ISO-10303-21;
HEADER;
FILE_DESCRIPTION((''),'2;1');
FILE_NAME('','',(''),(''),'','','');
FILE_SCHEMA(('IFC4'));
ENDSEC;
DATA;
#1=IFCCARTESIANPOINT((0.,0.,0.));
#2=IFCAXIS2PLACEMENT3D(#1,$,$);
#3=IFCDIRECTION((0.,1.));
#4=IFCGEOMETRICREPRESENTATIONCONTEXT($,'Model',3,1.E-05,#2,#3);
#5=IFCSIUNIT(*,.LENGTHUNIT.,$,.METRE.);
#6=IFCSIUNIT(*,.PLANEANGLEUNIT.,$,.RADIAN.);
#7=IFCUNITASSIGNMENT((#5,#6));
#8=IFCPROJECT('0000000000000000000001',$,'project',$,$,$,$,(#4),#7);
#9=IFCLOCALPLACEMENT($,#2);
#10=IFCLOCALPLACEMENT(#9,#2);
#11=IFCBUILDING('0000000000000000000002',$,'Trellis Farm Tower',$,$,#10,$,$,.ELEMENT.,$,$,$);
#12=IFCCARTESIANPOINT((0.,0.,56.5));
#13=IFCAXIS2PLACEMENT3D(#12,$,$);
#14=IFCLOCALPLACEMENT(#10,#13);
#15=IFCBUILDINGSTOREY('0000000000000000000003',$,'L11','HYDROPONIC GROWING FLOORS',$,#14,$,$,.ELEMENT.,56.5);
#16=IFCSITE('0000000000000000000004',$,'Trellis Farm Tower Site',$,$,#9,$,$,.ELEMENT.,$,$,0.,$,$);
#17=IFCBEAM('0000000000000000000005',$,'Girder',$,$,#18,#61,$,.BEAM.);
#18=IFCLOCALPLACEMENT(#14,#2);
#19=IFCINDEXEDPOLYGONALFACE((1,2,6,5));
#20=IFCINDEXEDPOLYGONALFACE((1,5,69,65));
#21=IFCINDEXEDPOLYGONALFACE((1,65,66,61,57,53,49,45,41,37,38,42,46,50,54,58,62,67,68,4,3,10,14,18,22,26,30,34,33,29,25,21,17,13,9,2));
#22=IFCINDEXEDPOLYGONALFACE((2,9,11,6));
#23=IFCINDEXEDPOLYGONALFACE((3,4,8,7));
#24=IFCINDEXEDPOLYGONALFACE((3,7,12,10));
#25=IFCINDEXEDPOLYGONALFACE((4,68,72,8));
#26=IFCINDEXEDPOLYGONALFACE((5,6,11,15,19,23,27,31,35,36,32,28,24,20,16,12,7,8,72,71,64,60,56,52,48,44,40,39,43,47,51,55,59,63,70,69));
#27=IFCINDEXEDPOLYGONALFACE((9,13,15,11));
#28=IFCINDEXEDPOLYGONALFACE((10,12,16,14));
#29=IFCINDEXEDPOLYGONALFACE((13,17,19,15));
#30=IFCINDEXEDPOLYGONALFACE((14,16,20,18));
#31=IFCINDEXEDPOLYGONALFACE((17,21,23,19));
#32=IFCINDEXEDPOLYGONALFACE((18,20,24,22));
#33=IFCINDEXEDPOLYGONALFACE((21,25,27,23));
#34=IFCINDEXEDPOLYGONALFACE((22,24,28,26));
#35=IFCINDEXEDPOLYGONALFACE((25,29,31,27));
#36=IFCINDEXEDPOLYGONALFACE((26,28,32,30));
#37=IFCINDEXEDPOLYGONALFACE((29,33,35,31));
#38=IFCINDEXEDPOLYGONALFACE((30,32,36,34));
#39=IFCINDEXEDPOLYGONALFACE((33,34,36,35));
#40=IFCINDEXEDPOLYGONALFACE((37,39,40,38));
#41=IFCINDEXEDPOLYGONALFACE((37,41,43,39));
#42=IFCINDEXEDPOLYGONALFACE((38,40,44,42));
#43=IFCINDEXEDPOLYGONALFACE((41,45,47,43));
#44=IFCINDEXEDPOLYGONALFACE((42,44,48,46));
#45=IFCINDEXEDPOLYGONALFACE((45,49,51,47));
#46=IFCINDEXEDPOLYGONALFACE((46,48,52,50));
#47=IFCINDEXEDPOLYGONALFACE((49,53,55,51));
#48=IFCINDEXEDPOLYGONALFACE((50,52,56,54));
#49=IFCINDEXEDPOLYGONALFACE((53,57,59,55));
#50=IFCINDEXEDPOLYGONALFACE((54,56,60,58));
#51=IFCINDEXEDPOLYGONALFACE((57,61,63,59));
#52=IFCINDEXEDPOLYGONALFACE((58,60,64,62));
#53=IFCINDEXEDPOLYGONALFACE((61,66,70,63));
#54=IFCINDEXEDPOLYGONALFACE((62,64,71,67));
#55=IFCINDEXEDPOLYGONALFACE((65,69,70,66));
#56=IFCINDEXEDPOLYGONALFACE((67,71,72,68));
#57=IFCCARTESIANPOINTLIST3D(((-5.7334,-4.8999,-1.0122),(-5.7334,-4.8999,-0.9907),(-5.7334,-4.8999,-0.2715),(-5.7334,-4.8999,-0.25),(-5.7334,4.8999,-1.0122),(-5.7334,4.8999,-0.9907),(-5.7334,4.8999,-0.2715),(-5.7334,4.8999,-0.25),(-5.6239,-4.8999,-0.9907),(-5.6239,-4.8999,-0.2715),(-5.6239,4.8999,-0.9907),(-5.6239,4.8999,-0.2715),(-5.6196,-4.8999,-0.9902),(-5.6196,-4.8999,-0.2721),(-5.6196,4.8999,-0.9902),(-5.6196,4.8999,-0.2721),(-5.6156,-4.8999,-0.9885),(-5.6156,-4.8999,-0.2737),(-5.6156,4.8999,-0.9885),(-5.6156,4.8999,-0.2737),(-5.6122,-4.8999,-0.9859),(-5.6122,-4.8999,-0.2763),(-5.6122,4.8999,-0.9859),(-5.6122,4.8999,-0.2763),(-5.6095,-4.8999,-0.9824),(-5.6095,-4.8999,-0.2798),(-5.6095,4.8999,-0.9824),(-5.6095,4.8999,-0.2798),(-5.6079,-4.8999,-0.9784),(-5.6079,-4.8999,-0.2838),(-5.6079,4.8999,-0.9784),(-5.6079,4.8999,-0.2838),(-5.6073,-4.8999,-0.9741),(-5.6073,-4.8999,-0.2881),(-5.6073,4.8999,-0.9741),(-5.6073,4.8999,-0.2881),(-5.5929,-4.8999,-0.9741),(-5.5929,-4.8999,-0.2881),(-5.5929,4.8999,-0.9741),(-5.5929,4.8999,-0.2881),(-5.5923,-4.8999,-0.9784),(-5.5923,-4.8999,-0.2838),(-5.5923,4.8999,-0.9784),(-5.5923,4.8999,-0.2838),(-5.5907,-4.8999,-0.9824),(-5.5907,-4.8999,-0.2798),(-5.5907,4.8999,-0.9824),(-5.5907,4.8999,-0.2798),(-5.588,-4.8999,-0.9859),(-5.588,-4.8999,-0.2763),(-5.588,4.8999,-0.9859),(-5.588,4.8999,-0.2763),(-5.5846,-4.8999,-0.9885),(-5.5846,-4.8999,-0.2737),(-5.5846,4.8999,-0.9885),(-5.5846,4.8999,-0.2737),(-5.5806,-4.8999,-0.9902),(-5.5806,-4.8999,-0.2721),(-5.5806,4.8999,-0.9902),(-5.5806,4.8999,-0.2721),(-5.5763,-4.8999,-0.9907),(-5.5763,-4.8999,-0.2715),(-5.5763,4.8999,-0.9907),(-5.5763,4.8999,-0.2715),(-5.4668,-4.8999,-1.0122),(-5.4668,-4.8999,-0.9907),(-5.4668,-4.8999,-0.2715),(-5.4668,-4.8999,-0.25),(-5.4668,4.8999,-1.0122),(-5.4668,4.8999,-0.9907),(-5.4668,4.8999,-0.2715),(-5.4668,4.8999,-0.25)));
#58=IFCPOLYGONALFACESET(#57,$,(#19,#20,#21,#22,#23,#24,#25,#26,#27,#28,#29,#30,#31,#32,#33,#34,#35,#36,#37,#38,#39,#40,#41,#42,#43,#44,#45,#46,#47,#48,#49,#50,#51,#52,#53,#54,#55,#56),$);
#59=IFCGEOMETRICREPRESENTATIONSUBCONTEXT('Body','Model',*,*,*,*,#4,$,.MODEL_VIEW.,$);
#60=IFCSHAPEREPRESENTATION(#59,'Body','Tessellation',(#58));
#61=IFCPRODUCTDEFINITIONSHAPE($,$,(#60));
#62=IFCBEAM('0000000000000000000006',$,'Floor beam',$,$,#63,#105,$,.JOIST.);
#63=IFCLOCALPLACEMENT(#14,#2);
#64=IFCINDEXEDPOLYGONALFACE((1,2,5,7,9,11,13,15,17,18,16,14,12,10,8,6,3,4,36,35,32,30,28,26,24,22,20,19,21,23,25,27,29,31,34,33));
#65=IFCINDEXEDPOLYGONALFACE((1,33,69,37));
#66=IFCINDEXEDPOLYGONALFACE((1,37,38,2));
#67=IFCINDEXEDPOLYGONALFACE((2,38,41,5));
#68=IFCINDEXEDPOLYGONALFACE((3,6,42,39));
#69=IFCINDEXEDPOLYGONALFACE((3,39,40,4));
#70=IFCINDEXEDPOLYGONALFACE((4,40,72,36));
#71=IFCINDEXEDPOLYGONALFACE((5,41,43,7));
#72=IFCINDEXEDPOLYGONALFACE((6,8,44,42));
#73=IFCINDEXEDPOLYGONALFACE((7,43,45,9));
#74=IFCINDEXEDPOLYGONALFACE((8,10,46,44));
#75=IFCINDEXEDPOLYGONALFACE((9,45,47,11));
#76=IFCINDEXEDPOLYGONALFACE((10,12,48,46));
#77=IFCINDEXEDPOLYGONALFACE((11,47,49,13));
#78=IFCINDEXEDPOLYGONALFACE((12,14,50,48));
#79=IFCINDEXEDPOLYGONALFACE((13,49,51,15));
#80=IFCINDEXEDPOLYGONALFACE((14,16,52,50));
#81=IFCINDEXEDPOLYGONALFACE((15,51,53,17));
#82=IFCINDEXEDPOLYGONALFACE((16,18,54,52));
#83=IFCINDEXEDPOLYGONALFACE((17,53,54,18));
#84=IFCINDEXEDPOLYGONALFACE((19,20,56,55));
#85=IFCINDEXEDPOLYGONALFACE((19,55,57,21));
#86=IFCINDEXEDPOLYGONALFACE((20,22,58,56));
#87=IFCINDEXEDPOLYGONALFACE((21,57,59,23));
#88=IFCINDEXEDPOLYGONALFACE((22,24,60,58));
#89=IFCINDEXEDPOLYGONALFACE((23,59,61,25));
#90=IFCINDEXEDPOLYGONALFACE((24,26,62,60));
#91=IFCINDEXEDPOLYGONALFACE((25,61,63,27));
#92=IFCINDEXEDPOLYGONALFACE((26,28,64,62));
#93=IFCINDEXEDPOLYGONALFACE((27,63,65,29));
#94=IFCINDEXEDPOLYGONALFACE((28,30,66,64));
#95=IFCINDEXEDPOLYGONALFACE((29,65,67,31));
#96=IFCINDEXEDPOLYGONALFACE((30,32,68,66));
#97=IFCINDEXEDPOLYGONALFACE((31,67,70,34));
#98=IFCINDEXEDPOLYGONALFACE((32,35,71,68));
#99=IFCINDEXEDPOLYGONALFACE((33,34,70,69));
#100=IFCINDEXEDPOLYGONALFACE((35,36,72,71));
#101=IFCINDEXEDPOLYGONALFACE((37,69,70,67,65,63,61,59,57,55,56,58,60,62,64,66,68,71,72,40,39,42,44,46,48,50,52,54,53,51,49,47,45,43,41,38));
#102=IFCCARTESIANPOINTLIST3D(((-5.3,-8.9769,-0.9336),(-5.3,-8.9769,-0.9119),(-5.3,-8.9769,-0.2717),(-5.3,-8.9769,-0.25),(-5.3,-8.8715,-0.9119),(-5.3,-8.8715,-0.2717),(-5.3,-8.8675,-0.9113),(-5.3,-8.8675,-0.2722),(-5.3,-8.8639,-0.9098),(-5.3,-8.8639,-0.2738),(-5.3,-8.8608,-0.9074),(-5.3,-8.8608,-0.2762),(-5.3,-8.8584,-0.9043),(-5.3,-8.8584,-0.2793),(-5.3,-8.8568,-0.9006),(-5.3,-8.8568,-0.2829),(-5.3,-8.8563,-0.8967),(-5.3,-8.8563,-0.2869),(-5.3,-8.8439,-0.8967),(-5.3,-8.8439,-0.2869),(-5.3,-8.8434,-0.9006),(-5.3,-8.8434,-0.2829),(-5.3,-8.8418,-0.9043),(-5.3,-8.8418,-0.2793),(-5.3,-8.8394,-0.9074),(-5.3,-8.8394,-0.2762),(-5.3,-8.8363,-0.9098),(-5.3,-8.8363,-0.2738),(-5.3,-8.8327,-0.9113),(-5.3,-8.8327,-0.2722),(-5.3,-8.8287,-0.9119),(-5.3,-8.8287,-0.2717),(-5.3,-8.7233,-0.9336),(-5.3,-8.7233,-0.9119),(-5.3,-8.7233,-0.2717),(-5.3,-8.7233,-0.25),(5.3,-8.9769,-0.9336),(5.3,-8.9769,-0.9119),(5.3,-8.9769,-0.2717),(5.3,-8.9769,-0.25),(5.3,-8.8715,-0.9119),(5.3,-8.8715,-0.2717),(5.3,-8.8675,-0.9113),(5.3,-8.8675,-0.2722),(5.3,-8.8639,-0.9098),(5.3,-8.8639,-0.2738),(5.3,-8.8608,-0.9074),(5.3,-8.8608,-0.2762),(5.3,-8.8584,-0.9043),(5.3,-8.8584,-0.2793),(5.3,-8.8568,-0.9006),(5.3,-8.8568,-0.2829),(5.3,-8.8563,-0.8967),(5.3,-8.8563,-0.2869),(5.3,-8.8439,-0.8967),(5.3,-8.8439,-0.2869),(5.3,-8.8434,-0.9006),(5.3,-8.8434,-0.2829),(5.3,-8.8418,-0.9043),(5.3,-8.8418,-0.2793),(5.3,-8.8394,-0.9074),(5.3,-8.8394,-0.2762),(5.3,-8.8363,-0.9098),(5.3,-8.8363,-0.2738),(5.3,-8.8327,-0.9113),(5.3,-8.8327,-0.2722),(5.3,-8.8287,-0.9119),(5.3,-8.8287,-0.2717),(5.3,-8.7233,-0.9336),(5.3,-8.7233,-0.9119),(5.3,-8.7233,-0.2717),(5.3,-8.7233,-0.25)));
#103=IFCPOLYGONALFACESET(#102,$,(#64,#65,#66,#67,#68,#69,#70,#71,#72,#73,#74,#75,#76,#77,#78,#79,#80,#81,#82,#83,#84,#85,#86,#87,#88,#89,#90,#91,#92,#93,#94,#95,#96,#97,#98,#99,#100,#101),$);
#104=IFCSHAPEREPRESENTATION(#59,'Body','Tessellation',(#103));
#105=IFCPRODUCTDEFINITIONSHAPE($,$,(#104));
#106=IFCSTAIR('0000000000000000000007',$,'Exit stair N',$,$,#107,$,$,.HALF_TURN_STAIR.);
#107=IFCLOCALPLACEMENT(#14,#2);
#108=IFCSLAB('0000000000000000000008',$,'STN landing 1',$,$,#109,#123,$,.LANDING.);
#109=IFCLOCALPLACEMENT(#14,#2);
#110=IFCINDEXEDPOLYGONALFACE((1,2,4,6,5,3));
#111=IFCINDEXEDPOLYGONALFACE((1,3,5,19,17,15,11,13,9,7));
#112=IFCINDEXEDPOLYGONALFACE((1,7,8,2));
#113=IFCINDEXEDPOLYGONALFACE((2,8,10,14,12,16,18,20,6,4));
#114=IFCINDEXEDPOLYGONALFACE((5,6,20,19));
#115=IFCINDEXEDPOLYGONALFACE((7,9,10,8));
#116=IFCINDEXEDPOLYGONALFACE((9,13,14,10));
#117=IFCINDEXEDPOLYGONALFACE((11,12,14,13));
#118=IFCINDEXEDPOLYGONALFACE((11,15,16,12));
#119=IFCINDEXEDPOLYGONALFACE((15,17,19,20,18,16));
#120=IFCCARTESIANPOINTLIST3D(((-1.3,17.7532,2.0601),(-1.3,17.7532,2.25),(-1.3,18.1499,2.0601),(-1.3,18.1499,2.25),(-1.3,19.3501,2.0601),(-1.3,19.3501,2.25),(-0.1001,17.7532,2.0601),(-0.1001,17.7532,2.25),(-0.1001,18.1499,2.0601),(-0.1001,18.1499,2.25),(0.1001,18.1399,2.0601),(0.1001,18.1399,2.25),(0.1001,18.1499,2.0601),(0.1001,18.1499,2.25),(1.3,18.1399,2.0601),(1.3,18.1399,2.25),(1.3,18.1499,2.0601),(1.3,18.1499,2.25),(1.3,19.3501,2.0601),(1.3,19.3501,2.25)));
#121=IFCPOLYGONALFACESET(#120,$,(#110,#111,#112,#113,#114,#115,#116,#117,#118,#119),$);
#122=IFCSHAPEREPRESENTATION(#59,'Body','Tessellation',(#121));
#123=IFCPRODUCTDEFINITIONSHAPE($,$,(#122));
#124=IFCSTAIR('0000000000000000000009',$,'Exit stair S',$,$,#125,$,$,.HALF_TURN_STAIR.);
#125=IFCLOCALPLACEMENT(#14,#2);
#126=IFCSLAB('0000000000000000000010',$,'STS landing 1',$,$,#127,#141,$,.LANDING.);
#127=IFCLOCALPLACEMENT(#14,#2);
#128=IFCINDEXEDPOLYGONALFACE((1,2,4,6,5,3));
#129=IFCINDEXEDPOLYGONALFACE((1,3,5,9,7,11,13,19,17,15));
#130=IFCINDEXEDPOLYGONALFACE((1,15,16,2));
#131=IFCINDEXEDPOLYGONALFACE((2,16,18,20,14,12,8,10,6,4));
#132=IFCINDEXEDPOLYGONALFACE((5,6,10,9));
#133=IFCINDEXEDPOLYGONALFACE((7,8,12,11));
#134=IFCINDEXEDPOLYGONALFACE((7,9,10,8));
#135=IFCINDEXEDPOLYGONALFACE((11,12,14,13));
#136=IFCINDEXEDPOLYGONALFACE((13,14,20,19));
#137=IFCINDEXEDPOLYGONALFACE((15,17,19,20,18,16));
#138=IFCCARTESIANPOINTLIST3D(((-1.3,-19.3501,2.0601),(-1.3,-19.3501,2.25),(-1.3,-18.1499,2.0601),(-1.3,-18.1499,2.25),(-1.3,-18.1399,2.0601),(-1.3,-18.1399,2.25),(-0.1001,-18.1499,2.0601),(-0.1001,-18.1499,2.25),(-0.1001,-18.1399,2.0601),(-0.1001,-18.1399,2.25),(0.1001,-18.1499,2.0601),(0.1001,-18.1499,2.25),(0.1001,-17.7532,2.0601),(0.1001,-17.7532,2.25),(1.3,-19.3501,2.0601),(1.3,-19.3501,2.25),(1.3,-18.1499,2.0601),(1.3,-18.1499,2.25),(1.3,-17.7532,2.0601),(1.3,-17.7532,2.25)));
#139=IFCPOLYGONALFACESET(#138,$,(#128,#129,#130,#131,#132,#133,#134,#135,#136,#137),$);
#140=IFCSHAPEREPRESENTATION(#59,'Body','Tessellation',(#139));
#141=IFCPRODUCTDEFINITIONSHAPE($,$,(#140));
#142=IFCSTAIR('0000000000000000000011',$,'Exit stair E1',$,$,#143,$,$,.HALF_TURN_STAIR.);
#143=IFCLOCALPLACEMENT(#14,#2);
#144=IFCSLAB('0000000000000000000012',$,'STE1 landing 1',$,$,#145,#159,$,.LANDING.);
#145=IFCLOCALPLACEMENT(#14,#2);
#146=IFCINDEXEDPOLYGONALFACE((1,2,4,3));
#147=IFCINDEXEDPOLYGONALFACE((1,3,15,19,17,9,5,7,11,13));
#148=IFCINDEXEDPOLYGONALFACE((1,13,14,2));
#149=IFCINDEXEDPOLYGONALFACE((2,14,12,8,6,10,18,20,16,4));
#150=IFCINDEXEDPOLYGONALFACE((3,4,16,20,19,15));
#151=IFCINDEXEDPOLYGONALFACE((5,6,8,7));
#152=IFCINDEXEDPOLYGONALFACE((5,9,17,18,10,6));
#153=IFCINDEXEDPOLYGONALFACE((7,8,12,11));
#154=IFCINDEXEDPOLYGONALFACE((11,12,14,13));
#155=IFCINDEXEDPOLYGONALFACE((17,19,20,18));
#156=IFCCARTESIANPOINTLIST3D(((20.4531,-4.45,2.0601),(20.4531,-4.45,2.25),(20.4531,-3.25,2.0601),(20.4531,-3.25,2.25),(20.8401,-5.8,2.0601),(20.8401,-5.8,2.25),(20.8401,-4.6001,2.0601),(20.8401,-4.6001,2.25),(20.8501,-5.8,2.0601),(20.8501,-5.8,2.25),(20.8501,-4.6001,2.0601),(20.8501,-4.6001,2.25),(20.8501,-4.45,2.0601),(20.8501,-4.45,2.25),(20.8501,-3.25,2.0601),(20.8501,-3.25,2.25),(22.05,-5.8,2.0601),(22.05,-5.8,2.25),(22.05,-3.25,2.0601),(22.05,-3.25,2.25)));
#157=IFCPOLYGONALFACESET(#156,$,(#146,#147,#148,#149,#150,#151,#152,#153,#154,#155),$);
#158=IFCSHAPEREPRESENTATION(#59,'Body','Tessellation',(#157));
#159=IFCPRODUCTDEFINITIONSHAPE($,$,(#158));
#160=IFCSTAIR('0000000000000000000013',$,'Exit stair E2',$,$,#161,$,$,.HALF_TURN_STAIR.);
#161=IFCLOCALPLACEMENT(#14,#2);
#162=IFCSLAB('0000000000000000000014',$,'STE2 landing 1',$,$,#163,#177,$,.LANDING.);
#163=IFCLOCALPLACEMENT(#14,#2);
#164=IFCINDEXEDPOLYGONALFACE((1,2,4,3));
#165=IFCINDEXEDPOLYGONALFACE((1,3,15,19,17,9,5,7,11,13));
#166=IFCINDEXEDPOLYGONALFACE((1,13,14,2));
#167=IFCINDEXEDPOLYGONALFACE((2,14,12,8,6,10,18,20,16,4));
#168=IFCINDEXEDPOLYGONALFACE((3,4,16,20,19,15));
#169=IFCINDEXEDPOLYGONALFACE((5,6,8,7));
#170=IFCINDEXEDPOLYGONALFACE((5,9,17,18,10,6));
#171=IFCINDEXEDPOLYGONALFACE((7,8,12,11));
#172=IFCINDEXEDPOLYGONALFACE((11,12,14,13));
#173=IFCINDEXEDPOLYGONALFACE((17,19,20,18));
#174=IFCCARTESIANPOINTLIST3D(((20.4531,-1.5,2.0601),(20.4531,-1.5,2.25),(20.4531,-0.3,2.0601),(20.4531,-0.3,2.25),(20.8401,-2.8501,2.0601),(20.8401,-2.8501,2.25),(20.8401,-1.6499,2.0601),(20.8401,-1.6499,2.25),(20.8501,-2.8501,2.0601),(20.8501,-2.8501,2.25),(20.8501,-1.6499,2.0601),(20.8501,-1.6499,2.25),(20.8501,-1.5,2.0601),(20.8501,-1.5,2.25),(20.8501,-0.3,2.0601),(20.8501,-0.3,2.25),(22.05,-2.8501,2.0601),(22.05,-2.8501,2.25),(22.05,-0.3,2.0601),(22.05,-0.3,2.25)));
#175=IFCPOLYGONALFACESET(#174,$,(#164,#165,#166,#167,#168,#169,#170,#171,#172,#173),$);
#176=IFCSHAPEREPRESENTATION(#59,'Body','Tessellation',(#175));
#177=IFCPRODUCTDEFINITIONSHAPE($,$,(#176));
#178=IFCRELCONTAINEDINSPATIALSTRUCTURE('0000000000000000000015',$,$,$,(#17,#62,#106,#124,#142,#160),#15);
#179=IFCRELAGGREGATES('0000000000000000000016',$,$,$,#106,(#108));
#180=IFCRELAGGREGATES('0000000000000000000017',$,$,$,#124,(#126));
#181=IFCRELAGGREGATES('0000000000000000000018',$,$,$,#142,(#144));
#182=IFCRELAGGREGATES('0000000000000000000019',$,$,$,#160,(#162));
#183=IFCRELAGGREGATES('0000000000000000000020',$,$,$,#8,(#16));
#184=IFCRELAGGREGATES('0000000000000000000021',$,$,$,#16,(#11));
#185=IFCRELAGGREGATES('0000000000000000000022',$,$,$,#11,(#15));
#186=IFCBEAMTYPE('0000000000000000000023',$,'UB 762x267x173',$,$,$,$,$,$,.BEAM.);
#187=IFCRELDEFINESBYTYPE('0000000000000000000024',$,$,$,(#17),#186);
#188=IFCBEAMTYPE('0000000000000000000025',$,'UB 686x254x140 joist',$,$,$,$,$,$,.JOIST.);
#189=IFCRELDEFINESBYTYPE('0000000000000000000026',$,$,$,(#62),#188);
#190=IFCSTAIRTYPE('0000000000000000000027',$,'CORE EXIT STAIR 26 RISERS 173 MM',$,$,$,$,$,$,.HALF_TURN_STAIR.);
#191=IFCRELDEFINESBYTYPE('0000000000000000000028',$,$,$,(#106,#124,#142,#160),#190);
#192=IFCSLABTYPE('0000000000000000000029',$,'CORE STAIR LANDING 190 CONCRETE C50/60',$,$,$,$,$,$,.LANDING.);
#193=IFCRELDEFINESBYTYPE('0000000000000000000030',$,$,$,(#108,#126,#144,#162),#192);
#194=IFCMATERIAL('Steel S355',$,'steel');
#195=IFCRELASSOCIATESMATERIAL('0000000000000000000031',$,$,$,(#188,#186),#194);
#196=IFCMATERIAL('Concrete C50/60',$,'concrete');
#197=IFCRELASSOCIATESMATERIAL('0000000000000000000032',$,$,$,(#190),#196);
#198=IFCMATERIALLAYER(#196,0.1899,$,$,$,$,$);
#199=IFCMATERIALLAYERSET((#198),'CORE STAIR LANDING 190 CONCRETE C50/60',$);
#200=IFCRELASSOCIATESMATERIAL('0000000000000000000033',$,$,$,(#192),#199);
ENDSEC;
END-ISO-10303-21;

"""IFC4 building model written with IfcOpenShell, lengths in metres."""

from ifc_helpers import new_model, si_unit, direction, frame, origin, origin_2d, place, context, subcontext, project, spatial, polyline, i_section, outline, extrude, source, transform, mapped, material, layer, layer_set, material_profile, profile_set, type_object, element, aggregate, save


model = new_model("IFC4")

# Units and contexts
model_context = context("Model", 3, precision=1e-05, world=origin(), true_north=direction((0.0, 1.0)))
body_context = subcontext(model_context, "Body", "Model", "MODEL_VIEW")
ifc_project = project(units=[si_unit("LENGTHUNIT", "METRE"), si_unit("PLANEANGLEUNIT", "RADIAN")], contexts=[model_context])

# Site, building, storey
site_placement = place(None, origin())
site = spatial("IfcSite", under=ifc_project, at=site_placement, Name="Trellis Farm Tower Site", CompositionType="ELEMENT", RefElevation=0.0)
building_placement = place(site_placement, origin())
building = spatial("IfcBuilding", under=site, at=building_placement, Name="Trellis Farm Tower", CompositionType="ELEMENT")
storey_placement = place(building_placement, frame((0.0, 0.0, 56.5)))
storey = spatial("IfcBuildingStorey", under=building, at=storey_placement, Name="L11", Description="HYDROPONIC GROWING FLOORS", CompositionType="ELEMENT", Elevation=56.5)

# Beams
ifc_material_1 = material(Name="Steel S355", Category="steel")
ifc_material_profile_1 = material_profile(ifc_material_1, i_section(OverallWidth=0.2537, OverallDepth=0.6836, WebThickness=0.0125, FlangeThickness=0.0217, FilletRadius=0.0151, at=origin_2d()), Name="UB 686x254x140")
ifc_profile_set_1 = profile_set([ifc_material_profile_1], Name="Steel S355")
beam_type_1 = type_object("IfcBeamType", Name="UB 686x254x140 joist", PredefinedType="JOIST", material=ifc_profile_set_1)
ifc_material_profile_2 = material_profile(ifc_material_1, i_section(OverallWidth=0.2666, OverallDepth=0.7622, WebThickness=0.0144, FlangeThickness=0.0215, FilletRadius=0.0166, at=origin_2d()), Name="UB 762x267x173")
ifc_profile_set_2 = profile_set([ifc_material_profile_2], Name="Steel S355")
beam_type_2 = type_object("IfcBeamType", Name="UB 762x267x173", PredefinedType="BEAM", material=ifc_profile_set_2)
shared_shape_1 = source(origin(), body_context, "Body", "SweptSolid", [
    extrude(i_section(OverallWidth=0.2666, OverallDepth=0.7622, WebThickness=0.0144, FlangeThickness=0.0215, FilletRadius=0.0166, at=origin_2d()), origin(), (0.0, 0.0, 1.0), 9.7998),
])
for number, where, z_axis, x_axis, name in (
    (1, (-5.6001, -4.8999, -0.6311), (0.0, 1.0, 0.0), (-1.0, 0.0, 0.0), "Girder"),
):
    element("IfcBeam", number, at=place(storey_placement, frame(where, z_axis=z_axis, x_axis=x_axis)), inside=storey, type_object=beam_type_2, Name=name, PredefinedType="BEAM", context=body_context, shape_type="MappedRepresentation", body=[
        mapped(shared_shape_1, transform((0.0, 0.0, 0.0))),
    ])
shared_shape_2 = source(origin(), body_context, "Body", "SweptSolid", [
    extrude(i_section(OverallWidth=0.2537, OverallDepth=0.6836, WebThickness=0.0125, FlangeThickness=0.0217, FilletRadius=0.0151, at=origin_2d()), origin(), (0.0, 0.0, 1.0), 10.6001),
])
beam_placement = place(storey_placement, frame((-5.3, -8.8501, -0.5918), z_axis=(1.0, 0.0, 0.0), x_axis=(0.0, 1.0, 0.0)))
element("IfcBeam", 2, at=beam_placement, inside=storey, type_object=beam_type_1, Name="Floor beam", PredefinedType="JOIST", context=body_context, shape_type="MappedRepresentation", body=[
    mapped(shared_shape_2, transform((0.0, 0.0, 0.0))),
])

# Stairs, slabs
ifc_material_2 = material(Name="Concrete C50/60", Category="concrete")
stair_type = type_object("IfcStairType", Name="CORE EXIT STAIR 26 RISERS 173 MM", PredefinedType="HALF_TURN_STAIR", material=ifc_material_2)
placement_1 = place(storey_placement, origin())
stair_1 = element("IfcStair", 3, at=placement_1, inside=storey, type_object=stair_type, Name="Exit stair N", PredefinedType="HALF_TURN_STAIR")
ifc_layer_1 = layer(ifc_material_2, 0.1899)
ifc_layer_set_1 = layer_set([ifc_layer_1], Name="CORE STAIR LANDING 190 CONCRETE C50/60")
slab_type_1 = type_object("IfcSlabType", Name="CORE STAIR LANDING 190 CONCRETE C50/60", PredefinedType="LANDING", material=ifc_layer_set_1)
shared_shape_3 = source(origin(), body_context, "Body", "SweptSolid", [
    extrude(outline(polyline([(-0.1001, 17.7532), (-1.3, 17.7532), (-1.3, 18.1499), (-1.3, 19.3501), (1.3, 19.3501), (1.3, 18.1499), (1.3, 18.1399), (0.1001, 18.1399), (0.1001, 18.1499), (-0.1001, 18.1499), (-0.1001, 17.7532)])), origin(), (0.0, 0.0, 1.0), 0.1899),
])
placement_2 = place(storey_placement, frame((0.0, 0.0, 2.0601)))
slab_1 = element("IfcSlab", 4, at=placement_2, type_object=slab_type_1, Name="STN landing 1", PredefinedType="LANDING", context=body_context, shape_type="MappedRepresentation", body=[
    mapped(shared_shape_3, transform((0.0, 0.0, 0.0))),
])
aggregate(stair_1, [slab_1])
stair_2 = element("IfcStair", 5, at=placement_1, inside=storey, type_object=stair_type, Name="Exit stair S", PredefinedType="HALF_TURN_STAIR")
shared_shape_4 = source(origin(), body_context, "Body", "SweptSolid", [
    extrude(outline(polyline([(1.3, -19.3501), (-1.3, -19.3501), (-1.3, -18.1499), (-1.3, -18.1399), (-0.1001, -18.1399), (-0.1001, -18.1499), (0.1001, -18.1499), (0.1001, -17.7532), (1.3, -17.7532), (1.3, -18.1499), (1.3, -19.3501)])), origin(), (0.0, 0.0, 1.0), 0.1899),
])
slab_2 = element("IfcSlab", 6, at=placement_2, type_object=slab_type_1, Name="STS landing 1", PredefinedType="LANDING", context=body_context, shape_type="MappedRepresentation", body=[
    mapped(shared_shape_4, transform((0.0, 0.0, 0.0))),
])
aggregate(stair_2, [slab_2])
stair_3 = element("IfcStair", 7, at=placement_1, inside=storey, type_object=stair_type, Name="Exit stair E1", PredefinedType="HALF_TURN_STAIR")
shared_shape_5 = source(origin(), body_context, "Body", "SweptSolid", [
    extrude(outline(polyline([(20.8401, -5.8), (20.8401, -4.6001), (20.8501, -4.6001), (20.8501, -4.45), (20.4531, -4.45), (20.4531, -3.25), (20.8501, -3.25), (22.05, -3.25), (22.05, -5.8), (20.8501, -5.8), (20.8401, -5.8)])), origin(), (0.0, 0.0, 1.0), 0.1899),
])
slab_3 = element("IfcSlab", 8, at=placement_2, type_object=slab_type_1, Name="STE1 landing 1", PredefinedType="LANDING", context=body_context, shape_type="MappedRepresentation", body=[
    mapped(shared_shape_5, transform((0.0, 0.0, 0.0))),
])
aggregate(stair_3, [slab_3])
stair_4 = element("IfcStair", 9, at=placement_1, inside=storey, type_object=stair_type, Name="Exit stair E2", PredefinedType="HALF_TURN_STAIR")
shared_shape_6 = source(origin(), body_context, "Body", "SweptSolid", [
    extrude(outline(polyline([(20.8401, -2.8501), (20.8401, -1.6499), (20.8501, -1.6499), (20.8501, -1.5), (20.4531, -1.5), (20.4531, -0.3), (20.8501, -0.3), (22.05, -0.3), (22.05, -2.8501), (20.8501, -2.8501), (20.8401, -2.8501)])), origin(), (0.0, 0.0, 1.0), 0.1899),
])
slab_4 = element("IfcSlab", 10, at=placement_2, type_object=slab_type_1, Name="STE2 landing 1", PredefinedType="LANDING", context=body_context, shape_type="MappedRepresentation", body=[
    mapped(shared_shape_6, transform((0.0, 0.0, 0.0))),
])
aggregate(stair_4, [slab_4])

save(model, "model.ifc")
